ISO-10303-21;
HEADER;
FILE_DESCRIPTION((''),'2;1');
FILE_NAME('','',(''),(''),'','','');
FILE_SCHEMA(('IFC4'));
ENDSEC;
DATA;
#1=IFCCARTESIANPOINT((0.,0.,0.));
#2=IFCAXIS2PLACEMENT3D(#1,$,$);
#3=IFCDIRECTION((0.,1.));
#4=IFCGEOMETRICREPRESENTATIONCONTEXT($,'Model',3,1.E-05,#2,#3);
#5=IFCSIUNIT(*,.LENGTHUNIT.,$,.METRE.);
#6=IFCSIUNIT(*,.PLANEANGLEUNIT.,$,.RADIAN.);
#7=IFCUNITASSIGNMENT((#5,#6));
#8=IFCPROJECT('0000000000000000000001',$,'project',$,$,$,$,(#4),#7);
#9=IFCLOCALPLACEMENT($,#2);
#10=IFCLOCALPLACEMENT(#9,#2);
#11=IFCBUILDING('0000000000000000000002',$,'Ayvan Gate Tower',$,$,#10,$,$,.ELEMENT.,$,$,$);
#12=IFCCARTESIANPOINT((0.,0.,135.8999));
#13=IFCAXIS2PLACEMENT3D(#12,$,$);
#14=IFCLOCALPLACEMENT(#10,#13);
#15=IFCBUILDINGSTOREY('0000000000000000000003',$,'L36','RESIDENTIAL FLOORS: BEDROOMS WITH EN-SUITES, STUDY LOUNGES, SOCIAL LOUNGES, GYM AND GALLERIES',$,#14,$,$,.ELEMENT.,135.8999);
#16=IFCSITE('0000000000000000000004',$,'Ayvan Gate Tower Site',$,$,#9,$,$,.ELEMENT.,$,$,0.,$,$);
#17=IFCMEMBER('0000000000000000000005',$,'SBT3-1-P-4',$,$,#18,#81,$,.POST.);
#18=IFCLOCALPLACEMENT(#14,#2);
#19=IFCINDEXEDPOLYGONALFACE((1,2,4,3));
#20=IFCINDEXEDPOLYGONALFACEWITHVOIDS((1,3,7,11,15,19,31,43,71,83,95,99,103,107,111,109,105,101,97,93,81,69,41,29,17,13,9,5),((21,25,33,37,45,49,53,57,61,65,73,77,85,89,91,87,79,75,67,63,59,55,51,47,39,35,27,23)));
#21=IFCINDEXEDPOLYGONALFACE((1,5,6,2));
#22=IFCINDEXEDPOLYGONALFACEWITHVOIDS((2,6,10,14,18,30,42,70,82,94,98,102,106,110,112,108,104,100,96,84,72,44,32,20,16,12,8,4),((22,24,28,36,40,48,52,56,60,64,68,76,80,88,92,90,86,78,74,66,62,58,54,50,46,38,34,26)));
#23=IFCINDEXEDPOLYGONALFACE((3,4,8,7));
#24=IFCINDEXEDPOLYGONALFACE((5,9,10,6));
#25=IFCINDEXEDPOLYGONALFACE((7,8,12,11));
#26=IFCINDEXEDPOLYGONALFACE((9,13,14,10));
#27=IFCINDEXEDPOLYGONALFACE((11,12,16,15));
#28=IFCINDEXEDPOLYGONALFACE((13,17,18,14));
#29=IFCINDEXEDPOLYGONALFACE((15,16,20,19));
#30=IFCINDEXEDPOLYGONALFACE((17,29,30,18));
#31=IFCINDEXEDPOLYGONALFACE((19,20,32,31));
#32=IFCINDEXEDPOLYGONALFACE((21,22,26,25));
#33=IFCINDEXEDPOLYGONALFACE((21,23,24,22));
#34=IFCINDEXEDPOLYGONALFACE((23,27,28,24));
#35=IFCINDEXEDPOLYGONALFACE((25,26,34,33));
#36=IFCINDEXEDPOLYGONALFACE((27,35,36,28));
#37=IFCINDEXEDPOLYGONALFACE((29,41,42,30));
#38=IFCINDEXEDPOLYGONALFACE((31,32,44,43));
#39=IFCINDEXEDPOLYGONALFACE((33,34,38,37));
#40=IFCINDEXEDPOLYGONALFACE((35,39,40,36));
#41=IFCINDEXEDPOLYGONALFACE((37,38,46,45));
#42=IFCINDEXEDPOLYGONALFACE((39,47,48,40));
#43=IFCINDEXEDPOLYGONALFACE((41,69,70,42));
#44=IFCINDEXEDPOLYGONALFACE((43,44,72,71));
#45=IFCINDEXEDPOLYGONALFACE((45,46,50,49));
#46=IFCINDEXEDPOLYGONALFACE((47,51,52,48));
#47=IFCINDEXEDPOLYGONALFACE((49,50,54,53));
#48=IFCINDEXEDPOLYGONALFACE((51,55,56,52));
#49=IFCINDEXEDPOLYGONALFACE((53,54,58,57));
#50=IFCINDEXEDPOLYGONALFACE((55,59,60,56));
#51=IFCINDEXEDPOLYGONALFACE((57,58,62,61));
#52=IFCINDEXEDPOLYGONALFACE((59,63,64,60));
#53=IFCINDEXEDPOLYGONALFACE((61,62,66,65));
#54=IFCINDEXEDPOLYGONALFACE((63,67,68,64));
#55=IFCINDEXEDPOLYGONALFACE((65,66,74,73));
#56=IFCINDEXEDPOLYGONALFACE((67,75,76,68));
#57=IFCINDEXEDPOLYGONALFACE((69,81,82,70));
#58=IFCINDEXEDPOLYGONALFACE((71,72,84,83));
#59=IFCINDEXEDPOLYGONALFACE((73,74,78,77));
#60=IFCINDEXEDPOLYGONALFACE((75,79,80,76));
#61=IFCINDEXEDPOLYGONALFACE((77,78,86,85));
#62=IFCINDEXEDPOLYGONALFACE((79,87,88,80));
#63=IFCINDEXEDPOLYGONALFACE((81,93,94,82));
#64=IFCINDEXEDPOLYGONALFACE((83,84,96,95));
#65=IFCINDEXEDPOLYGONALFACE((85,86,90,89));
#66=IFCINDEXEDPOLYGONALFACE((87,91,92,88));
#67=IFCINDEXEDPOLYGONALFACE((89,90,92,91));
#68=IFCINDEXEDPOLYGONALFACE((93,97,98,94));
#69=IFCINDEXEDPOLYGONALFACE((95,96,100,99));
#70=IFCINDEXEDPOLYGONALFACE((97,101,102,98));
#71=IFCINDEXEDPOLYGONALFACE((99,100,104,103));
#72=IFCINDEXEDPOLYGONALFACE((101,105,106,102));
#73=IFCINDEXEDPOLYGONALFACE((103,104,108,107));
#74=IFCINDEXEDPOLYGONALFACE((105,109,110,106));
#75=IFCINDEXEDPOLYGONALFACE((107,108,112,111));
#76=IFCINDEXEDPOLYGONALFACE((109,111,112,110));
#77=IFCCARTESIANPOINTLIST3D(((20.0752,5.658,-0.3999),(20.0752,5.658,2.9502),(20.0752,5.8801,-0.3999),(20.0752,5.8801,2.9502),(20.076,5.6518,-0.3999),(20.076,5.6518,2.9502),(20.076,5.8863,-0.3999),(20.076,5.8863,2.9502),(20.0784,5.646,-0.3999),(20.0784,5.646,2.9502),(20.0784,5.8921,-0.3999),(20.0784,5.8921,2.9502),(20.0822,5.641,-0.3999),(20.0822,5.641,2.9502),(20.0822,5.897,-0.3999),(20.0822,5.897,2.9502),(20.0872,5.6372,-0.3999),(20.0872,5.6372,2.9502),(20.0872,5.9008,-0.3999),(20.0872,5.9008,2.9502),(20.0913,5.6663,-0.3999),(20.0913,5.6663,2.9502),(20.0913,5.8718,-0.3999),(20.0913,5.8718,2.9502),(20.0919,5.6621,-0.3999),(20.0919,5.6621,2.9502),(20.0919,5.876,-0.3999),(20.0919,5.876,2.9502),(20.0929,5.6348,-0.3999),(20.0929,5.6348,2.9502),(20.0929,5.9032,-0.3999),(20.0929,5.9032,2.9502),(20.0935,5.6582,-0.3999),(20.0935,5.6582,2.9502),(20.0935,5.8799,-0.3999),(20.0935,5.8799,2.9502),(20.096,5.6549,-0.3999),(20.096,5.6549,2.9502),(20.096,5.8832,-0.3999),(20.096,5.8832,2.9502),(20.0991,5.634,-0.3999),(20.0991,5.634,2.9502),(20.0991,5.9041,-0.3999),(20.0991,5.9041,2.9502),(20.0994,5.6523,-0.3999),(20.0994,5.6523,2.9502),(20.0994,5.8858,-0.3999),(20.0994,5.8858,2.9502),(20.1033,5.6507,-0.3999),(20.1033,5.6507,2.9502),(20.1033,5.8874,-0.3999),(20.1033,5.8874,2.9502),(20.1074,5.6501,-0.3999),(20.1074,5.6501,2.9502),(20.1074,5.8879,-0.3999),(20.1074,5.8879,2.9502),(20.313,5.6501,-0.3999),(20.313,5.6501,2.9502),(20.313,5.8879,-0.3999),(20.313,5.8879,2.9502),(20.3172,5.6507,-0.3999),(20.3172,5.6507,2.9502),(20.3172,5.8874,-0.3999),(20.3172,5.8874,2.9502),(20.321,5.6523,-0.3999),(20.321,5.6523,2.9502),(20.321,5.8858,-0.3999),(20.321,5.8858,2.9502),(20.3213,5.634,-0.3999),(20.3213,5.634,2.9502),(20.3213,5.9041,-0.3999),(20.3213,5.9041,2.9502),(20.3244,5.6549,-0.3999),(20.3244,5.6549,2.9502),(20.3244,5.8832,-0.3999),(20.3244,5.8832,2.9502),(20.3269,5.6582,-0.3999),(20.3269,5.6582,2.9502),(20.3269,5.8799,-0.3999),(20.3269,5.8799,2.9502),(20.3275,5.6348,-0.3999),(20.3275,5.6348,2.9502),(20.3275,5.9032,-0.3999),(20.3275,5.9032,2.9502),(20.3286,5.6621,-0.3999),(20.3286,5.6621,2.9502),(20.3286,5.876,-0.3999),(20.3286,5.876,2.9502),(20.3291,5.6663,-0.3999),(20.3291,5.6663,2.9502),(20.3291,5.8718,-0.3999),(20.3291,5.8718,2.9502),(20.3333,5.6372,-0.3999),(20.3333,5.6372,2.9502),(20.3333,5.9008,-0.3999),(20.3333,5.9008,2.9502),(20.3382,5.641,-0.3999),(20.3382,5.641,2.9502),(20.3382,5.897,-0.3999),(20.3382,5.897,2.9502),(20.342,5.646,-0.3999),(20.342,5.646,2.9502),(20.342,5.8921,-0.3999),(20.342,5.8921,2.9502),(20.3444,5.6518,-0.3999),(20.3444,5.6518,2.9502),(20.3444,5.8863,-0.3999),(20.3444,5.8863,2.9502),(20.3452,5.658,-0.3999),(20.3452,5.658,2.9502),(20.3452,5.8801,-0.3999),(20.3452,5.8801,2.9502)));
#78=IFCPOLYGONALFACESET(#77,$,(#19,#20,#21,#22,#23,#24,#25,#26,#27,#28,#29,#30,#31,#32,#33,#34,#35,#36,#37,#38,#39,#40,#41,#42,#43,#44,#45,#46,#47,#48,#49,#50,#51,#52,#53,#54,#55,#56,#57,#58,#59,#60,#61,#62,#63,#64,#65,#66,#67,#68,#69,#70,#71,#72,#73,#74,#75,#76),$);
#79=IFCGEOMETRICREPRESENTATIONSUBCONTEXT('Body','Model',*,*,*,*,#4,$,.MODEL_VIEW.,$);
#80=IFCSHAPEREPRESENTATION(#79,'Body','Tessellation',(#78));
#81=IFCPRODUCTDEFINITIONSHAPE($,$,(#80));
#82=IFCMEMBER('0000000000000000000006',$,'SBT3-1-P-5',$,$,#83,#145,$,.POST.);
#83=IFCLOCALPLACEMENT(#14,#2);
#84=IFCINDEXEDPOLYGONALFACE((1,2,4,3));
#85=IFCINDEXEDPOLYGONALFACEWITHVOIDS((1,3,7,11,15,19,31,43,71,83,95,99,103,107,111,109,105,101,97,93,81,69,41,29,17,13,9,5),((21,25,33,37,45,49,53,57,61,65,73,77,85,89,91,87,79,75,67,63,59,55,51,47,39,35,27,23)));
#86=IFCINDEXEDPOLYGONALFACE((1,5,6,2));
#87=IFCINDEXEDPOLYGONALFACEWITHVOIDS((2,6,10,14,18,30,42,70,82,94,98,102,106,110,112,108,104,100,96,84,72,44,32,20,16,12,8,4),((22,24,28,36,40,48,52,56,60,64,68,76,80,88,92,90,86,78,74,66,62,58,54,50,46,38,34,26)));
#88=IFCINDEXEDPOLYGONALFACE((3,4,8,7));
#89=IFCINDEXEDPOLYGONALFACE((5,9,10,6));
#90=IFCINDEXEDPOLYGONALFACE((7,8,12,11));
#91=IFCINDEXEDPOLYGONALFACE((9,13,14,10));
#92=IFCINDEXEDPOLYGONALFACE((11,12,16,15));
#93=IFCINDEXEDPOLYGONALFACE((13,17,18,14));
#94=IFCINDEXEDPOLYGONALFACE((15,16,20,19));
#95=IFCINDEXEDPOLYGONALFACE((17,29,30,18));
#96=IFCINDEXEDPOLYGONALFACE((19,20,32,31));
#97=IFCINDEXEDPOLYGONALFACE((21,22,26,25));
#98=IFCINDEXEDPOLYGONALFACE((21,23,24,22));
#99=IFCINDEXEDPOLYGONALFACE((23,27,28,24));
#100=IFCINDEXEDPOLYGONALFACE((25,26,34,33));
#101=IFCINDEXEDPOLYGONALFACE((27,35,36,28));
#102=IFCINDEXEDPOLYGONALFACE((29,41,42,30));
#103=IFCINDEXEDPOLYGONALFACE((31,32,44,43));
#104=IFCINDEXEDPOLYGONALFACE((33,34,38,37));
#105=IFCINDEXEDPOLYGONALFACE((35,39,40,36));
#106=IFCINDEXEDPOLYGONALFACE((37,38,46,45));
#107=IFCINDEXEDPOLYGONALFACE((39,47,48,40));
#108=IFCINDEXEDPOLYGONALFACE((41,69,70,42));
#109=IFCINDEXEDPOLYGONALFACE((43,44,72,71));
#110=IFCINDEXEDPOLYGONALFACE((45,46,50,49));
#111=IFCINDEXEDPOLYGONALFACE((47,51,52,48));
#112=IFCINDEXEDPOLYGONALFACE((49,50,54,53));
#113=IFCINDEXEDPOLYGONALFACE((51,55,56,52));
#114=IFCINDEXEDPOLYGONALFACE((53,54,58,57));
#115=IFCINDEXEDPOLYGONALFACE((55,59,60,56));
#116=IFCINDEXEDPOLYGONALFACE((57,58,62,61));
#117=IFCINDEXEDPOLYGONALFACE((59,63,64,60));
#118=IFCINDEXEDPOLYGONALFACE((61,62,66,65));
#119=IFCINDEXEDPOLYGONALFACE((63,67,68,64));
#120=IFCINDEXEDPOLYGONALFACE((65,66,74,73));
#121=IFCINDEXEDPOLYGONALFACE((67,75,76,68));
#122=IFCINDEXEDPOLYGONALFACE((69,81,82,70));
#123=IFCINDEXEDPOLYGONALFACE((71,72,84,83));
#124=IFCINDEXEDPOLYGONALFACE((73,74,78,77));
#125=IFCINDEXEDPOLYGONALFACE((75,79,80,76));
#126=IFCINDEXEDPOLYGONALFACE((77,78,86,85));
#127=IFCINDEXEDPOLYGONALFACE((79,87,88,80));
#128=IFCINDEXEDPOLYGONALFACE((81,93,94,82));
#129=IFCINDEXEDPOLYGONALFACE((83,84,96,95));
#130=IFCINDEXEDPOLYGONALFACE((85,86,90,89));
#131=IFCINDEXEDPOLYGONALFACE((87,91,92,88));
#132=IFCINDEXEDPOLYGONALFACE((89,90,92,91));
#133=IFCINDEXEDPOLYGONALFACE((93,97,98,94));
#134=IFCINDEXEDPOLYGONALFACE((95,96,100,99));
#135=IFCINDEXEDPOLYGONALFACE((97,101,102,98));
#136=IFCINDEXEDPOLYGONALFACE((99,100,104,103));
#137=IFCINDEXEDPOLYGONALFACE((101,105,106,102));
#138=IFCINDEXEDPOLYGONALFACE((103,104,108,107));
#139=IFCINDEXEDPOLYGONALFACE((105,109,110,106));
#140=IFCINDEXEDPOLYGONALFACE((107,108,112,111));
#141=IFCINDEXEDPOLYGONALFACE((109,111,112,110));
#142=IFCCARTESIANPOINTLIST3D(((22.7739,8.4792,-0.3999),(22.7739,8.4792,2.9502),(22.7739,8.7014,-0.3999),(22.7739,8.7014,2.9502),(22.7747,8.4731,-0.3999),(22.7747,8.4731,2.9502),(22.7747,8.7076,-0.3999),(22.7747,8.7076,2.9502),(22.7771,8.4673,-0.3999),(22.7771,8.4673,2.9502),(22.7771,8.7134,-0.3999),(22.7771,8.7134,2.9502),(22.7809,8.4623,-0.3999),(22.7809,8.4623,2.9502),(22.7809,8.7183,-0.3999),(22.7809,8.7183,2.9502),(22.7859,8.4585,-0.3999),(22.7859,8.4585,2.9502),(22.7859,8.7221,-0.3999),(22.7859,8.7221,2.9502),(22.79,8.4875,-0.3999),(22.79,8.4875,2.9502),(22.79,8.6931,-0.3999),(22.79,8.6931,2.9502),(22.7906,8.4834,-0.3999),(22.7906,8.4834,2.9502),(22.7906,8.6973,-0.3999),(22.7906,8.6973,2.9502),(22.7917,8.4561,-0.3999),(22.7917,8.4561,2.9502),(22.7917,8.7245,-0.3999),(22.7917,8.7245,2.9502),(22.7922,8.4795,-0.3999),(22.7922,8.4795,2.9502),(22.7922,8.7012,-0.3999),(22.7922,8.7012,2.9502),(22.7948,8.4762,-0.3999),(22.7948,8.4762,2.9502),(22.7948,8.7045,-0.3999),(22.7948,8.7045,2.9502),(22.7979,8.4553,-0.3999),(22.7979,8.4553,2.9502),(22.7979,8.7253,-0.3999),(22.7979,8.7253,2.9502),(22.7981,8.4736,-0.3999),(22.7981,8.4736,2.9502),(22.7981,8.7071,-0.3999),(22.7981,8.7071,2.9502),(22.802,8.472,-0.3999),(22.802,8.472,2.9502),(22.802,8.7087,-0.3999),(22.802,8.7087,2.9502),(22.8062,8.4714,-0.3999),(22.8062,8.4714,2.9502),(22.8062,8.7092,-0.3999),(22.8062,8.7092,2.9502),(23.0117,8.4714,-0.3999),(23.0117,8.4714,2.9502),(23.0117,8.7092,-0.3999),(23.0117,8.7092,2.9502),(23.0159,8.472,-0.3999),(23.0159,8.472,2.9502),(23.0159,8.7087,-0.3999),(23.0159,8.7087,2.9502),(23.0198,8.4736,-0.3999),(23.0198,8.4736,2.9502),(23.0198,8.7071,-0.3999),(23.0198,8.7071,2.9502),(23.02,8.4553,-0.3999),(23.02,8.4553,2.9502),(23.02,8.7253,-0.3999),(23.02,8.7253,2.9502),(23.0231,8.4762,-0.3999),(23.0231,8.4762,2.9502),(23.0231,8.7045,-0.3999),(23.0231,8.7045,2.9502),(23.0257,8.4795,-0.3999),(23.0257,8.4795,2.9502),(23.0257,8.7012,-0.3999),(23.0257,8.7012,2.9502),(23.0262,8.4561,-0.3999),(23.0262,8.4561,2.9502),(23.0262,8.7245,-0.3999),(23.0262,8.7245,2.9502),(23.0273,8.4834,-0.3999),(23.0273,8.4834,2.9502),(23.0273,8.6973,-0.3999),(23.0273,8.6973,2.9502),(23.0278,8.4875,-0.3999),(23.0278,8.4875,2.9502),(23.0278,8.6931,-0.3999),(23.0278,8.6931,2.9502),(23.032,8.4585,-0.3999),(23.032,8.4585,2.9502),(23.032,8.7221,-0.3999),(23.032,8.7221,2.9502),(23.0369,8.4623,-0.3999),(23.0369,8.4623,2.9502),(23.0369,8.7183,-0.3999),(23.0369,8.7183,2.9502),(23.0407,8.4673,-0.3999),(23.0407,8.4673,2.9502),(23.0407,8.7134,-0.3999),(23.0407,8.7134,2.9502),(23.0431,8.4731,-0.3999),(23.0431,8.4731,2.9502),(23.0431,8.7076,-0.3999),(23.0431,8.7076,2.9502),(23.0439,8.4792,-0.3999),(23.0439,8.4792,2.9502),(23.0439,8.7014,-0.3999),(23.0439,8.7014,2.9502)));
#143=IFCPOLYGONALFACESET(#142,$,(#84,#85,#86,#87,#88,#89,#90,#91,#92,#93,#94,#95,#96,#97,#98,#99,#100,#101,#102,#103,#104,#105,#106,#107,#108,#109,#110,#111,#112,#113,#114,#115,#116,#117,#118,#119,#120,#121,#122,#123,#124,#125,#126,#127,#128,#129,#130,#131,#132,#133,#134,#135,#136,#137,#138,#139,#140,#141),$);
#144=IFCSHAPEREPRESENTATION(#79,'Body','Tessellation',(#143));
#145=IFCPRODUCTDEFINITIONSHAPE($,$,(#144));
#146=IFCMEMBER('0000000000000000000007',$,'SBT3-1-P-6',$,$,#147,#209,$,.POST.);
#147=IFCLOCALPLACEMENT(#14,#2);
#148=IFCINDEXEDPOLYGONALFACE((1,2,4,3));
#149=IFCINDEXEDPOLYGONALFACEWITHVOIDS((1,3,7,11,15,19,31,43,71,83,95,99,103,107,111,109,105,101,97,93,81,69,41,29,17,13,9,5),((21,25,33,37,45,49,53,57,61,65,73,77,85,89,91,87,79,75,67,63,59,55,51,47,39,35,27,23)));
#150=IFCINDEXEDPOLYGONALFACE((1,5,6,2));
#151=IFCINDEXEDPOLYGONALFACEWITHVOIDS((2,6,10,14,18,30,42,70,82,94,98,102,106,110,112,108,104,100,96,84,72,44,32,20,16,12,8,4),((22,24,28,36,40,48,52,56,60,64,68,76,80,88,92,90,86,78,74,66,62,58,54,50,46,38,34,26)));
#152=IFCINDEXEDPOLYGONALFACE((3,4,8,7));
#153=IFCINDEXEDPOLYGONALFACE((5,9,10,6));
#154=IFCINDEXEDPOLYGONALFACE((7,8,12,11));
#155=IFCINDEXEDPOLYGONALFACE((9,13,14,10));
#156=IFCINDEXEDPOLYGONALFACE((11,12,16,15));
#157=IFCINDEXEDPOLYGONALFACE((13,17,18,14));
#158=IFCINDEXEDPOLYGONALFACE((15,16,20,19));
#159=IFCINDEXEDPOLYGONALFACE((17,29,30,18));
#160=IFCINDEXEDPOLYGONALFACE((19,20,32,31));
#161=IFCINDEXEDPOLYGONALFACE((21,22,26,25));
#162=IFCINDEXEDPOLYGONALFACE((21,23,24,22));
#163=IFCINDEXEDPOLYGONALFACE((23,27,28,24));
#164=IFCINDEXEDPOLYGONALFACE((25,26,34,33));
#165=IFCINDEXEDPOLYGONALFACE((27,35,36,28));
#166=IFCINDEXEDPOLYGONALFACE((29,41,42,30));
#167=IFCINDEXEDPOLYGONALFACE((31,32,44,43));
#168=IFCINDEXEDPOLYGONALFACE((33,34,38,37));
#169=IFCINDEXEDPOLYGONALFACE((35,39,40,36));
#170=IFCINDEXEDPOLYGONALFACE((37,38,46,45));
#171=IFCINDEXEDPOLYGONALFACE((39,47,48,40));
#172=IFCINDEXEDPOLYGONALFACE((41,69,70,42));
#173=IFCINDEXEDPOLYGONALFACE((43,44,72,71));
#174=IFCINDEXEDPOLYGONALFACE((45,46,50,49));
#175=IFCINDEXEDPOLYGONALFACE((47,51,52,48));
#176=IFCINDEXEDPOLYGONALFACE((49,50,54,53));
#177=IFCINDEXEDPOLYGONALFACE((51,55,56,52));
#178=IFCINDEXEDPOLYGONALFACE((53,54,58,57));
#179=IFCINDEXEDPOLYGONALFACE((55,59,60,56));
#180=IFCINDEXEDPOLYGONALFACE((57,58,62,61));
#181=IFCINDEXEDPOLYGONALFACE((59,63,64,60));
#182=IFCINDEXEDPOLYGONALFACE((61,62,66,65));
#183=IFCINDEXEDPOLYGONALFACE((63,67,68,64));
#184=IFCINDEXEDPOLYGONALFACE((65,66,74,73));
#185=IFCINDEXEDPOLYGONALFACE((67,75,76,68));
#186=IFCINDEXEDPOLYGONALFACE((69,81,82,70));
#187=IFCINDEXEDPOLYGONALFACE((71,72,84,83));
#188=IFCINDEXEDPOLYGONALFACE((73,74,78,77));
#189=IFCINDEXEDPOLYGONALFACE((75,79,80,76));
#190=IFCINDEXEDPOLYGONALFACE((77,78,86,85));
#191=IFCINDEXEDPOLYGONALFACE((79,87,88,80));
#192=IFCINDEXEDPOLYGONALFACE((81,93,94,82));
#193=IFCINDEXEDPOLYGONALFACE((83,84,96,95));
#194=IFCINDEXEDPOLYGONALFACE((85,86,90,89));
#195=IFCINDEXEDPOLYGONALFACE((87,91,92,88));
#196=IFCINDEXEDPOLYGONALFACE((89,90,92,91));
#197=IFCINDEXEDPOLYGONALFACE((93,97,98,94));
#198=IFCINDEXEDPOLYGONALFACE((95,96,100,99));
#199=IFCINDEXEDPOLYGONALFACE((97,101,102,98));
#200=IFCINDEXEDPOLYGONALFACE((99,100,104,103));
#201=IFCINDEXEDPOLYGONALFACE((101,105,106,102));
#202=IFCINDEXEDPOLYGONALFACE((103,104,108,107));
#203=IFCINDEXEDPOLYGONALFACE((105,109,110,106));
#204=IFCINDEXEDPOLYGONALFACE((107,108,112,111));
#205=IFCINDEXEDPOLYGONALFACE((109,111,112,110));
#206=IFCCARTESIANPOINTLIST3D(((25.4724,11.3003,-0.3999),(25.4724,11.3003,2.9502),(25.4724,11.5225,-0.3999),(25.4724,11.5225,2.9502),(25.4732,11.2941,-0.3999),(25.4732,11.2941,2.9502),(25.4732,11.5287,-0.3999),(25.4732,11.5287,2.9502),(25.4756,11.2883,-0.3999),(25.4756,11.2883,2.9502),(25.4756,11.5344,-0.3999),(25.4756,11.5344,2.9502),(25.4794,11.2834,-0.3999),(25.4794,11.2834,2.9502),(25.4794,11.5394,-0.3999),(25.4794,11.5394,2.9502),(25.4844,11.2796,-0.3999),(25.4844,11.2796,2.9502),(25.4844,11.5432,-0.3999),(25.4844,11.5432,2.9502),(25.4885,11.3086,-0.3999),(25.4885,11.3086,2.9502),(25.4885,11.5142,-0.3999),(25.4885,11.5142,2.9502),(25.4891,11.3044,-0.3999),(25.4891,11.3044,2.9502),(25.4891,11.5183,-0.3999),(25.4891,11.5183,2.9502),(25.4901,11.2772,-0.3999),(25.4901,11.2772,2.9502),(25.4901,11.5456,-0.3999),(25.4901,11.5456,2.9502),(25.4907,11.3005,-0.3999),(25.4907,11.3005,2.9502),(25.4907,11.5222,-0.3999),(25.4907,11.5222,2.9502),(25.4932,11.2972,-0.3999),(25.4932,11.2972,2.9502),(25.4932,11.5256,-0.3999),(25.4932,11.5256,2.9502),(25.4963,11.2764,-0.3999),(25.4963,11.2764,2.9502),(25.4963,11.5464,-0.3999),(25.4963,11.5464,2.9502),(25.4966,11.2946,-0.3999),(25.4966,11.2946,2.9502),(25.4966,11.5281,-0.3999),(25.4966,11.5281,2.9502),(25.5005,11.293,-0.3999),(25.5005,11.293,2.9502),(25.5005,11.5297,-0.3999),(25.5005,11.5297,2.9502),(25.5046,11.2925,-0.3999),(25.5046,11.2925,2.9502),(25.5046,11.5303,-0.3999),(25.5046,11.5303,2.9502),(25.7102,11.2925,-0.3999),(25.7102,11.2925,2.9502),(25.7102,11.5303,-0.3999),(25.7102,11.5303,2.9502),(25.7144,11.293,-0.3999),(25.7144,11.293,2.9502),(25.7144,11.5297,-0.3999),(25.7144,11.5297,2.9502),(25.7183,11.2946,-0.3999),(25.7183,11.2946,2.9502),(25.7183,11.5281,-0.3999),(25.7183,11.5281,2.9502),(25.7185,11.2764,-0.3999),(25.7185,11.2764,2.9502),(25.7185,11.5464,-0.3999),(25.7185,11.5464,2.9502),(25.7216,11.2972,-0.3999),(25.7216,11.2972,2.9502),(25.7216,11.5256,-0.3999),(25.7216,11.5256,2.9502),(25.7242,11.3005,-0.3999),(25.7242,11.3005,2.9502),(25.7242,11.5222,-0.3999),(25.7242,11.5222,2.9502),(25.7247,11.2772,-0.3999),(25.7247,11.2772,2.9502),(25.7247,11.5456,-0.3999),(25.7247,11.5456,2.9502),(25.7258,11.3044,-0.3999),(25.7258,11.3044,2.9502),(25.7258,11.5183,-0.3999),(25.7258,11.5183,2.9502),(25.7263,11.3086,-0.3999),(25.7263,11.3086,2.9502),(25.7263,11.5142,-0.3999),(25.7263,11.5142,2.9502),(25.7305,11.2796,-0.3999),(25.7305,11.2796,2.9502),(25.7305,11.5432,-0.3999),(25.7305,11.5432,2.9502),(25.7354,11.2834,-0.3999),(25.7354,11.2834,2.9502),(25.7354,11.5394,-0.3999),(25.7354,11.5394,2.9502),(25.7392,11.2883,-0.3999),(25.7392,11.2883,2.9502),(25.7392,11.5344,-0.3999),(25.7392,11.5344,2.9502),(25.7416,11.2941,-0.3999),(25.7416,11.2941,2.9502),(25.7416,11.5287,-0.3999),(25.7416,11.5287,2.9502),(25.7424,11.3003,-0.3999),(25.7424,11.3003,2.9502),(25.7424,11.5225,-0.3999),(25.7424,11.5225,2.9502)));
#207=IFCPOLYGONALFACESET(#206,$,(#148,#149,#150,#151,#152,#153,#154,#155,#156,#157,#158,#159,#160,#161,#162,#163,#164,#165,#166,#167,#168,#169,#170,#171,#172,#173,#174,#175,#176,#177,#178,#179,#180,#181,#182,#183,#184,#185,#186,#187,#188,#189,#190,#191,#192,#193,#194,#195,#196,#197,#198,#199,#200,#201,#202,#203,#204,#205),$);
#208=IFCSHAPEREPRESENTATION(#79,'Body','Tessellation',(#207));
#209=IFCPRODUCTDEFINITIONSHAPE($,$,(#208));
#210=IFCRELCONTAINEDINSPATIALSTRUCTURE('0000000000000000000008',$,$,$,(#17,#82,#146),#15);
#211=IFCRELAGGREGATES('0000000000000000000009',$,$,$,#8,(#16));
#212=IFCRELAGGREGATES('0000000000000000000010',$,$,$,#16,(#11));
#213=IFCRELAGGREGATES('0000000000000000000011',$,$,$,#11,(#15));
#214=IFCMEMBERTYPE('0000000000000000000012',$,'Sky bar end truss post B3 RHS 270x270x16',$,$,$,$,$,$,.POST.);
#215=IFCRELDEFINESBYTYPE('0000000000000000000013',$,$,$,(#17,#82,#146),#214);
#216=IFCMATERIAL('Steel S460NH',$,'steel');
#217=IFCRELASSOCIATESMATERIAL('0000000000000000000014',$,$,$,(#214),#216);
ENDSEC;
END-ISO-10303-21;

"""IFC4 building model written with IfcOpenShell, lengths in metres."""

from ifc_helpers import new_model, si_unit, direction, frame, origin, origin_2d, place, context, subcontext, project, spatial, hollow_rectangle, extrude, material, material_profile, profile_set, type_object, element, save


model = new_model("IFC4")

# Units and contexts
model_context = context("Model", 3, precision=1e-05, world=origin(), true_north=direction((0.0, 1.0)))
body_context = subcontext(model_context, "Body", "Model", "MODEL_VIEW")
ifc_project = project(units=[si_unit("LENGTHUNIT", "METRE"), si_unit("PLANEANGLEUNIT", "RADIAN")], contexts=[model_context])

# Site, building, storey
site_placement = place(None, origin())
site = spatial("IfcSite", under=ifc_project, at=site_placement, Name="Ayvan Gate Tower Site", CompositionType="ELEMENT", RefElevation=0.0)
building_placement = place(site_placement, origin())
building = spatial("IfcBuilding", under=site, at=building_placement, Name="Ayvan Gate Tower", CompositionType="ELEMENT")
storey_placement = place(building_placement, frame((0.0, 0.0, 135.8999)))
storey = spatial("IfcBuildingStorey", under=building, at=storey_placement, Name="L36", Description="RESIDENTIAL FLOORS: BEDROOMS WITH EN-SUITES, STUDY LOUNGES, SOCIAL LOUNGES, GYM AND GALLERIES", CompositionType="ELEMENT", Elevation=135.8999)

# Members
ifc_material_1 = material(Name="Steel S460NH", Category="steel")
ifc_material_profile_1 = material_profile(ifc_material_1, hollow_rectangle(XDim=0.27, YDim=0.27, WallThickness=0.0161, InnerFilletRadius=0.0161, OuterFilletRadius=0.0239, at=origin_2d()), Name="RHS 270x270x16")
ifc_profile_set_1 = profile_set([ifc_material_profile_1], Name="Steel S460NH")
member_type_1 = type_object("IfcMemberType", Name="Sky bar end truss post B3 RHS 270x270x16", PredefinedType="POST", material=ifc_profile_set_1)
for number, where, z_axis, x_axis, name in (
    (1, (20.2102, 5.769, -0.3999), (0.0, 0.0, 1.0), (1.0, 0.0, 0.0), "SBT3-1-P-4"),
    (2, (22.9089, 8.5903, -0.3999), (0.0, 0.0, 1.0), (1.0, 0.0, 0.0), "SBT3-1-P-5"),
    (3, (25.6074, 11.4114, -0.3999), (0.0, 0.0, 1.0), (1.0, 0.0, 0.0), "SBT3-1-P-6"),
):
    element("IfcMember", number, at=place(storey_placement, frame(where, z_axis=z_axis, x_axis=x_axis)), inside=storey, type_object=member_type_1, Name=name, PredefinedType="POST", context=body_context, shape_type="SweptSolid", body=[
        extrude(hollow_rectangle(XDim=0.27, YDim=0.27, WallThickness=0.0161, InnerFilletRadius=0.0161, OuterFilletRadius=0.0239, at=origin_2d()), origin(), (0.0, 0.0, 1.0), 3.3501),
    ])

save(model, "model.ifc")
